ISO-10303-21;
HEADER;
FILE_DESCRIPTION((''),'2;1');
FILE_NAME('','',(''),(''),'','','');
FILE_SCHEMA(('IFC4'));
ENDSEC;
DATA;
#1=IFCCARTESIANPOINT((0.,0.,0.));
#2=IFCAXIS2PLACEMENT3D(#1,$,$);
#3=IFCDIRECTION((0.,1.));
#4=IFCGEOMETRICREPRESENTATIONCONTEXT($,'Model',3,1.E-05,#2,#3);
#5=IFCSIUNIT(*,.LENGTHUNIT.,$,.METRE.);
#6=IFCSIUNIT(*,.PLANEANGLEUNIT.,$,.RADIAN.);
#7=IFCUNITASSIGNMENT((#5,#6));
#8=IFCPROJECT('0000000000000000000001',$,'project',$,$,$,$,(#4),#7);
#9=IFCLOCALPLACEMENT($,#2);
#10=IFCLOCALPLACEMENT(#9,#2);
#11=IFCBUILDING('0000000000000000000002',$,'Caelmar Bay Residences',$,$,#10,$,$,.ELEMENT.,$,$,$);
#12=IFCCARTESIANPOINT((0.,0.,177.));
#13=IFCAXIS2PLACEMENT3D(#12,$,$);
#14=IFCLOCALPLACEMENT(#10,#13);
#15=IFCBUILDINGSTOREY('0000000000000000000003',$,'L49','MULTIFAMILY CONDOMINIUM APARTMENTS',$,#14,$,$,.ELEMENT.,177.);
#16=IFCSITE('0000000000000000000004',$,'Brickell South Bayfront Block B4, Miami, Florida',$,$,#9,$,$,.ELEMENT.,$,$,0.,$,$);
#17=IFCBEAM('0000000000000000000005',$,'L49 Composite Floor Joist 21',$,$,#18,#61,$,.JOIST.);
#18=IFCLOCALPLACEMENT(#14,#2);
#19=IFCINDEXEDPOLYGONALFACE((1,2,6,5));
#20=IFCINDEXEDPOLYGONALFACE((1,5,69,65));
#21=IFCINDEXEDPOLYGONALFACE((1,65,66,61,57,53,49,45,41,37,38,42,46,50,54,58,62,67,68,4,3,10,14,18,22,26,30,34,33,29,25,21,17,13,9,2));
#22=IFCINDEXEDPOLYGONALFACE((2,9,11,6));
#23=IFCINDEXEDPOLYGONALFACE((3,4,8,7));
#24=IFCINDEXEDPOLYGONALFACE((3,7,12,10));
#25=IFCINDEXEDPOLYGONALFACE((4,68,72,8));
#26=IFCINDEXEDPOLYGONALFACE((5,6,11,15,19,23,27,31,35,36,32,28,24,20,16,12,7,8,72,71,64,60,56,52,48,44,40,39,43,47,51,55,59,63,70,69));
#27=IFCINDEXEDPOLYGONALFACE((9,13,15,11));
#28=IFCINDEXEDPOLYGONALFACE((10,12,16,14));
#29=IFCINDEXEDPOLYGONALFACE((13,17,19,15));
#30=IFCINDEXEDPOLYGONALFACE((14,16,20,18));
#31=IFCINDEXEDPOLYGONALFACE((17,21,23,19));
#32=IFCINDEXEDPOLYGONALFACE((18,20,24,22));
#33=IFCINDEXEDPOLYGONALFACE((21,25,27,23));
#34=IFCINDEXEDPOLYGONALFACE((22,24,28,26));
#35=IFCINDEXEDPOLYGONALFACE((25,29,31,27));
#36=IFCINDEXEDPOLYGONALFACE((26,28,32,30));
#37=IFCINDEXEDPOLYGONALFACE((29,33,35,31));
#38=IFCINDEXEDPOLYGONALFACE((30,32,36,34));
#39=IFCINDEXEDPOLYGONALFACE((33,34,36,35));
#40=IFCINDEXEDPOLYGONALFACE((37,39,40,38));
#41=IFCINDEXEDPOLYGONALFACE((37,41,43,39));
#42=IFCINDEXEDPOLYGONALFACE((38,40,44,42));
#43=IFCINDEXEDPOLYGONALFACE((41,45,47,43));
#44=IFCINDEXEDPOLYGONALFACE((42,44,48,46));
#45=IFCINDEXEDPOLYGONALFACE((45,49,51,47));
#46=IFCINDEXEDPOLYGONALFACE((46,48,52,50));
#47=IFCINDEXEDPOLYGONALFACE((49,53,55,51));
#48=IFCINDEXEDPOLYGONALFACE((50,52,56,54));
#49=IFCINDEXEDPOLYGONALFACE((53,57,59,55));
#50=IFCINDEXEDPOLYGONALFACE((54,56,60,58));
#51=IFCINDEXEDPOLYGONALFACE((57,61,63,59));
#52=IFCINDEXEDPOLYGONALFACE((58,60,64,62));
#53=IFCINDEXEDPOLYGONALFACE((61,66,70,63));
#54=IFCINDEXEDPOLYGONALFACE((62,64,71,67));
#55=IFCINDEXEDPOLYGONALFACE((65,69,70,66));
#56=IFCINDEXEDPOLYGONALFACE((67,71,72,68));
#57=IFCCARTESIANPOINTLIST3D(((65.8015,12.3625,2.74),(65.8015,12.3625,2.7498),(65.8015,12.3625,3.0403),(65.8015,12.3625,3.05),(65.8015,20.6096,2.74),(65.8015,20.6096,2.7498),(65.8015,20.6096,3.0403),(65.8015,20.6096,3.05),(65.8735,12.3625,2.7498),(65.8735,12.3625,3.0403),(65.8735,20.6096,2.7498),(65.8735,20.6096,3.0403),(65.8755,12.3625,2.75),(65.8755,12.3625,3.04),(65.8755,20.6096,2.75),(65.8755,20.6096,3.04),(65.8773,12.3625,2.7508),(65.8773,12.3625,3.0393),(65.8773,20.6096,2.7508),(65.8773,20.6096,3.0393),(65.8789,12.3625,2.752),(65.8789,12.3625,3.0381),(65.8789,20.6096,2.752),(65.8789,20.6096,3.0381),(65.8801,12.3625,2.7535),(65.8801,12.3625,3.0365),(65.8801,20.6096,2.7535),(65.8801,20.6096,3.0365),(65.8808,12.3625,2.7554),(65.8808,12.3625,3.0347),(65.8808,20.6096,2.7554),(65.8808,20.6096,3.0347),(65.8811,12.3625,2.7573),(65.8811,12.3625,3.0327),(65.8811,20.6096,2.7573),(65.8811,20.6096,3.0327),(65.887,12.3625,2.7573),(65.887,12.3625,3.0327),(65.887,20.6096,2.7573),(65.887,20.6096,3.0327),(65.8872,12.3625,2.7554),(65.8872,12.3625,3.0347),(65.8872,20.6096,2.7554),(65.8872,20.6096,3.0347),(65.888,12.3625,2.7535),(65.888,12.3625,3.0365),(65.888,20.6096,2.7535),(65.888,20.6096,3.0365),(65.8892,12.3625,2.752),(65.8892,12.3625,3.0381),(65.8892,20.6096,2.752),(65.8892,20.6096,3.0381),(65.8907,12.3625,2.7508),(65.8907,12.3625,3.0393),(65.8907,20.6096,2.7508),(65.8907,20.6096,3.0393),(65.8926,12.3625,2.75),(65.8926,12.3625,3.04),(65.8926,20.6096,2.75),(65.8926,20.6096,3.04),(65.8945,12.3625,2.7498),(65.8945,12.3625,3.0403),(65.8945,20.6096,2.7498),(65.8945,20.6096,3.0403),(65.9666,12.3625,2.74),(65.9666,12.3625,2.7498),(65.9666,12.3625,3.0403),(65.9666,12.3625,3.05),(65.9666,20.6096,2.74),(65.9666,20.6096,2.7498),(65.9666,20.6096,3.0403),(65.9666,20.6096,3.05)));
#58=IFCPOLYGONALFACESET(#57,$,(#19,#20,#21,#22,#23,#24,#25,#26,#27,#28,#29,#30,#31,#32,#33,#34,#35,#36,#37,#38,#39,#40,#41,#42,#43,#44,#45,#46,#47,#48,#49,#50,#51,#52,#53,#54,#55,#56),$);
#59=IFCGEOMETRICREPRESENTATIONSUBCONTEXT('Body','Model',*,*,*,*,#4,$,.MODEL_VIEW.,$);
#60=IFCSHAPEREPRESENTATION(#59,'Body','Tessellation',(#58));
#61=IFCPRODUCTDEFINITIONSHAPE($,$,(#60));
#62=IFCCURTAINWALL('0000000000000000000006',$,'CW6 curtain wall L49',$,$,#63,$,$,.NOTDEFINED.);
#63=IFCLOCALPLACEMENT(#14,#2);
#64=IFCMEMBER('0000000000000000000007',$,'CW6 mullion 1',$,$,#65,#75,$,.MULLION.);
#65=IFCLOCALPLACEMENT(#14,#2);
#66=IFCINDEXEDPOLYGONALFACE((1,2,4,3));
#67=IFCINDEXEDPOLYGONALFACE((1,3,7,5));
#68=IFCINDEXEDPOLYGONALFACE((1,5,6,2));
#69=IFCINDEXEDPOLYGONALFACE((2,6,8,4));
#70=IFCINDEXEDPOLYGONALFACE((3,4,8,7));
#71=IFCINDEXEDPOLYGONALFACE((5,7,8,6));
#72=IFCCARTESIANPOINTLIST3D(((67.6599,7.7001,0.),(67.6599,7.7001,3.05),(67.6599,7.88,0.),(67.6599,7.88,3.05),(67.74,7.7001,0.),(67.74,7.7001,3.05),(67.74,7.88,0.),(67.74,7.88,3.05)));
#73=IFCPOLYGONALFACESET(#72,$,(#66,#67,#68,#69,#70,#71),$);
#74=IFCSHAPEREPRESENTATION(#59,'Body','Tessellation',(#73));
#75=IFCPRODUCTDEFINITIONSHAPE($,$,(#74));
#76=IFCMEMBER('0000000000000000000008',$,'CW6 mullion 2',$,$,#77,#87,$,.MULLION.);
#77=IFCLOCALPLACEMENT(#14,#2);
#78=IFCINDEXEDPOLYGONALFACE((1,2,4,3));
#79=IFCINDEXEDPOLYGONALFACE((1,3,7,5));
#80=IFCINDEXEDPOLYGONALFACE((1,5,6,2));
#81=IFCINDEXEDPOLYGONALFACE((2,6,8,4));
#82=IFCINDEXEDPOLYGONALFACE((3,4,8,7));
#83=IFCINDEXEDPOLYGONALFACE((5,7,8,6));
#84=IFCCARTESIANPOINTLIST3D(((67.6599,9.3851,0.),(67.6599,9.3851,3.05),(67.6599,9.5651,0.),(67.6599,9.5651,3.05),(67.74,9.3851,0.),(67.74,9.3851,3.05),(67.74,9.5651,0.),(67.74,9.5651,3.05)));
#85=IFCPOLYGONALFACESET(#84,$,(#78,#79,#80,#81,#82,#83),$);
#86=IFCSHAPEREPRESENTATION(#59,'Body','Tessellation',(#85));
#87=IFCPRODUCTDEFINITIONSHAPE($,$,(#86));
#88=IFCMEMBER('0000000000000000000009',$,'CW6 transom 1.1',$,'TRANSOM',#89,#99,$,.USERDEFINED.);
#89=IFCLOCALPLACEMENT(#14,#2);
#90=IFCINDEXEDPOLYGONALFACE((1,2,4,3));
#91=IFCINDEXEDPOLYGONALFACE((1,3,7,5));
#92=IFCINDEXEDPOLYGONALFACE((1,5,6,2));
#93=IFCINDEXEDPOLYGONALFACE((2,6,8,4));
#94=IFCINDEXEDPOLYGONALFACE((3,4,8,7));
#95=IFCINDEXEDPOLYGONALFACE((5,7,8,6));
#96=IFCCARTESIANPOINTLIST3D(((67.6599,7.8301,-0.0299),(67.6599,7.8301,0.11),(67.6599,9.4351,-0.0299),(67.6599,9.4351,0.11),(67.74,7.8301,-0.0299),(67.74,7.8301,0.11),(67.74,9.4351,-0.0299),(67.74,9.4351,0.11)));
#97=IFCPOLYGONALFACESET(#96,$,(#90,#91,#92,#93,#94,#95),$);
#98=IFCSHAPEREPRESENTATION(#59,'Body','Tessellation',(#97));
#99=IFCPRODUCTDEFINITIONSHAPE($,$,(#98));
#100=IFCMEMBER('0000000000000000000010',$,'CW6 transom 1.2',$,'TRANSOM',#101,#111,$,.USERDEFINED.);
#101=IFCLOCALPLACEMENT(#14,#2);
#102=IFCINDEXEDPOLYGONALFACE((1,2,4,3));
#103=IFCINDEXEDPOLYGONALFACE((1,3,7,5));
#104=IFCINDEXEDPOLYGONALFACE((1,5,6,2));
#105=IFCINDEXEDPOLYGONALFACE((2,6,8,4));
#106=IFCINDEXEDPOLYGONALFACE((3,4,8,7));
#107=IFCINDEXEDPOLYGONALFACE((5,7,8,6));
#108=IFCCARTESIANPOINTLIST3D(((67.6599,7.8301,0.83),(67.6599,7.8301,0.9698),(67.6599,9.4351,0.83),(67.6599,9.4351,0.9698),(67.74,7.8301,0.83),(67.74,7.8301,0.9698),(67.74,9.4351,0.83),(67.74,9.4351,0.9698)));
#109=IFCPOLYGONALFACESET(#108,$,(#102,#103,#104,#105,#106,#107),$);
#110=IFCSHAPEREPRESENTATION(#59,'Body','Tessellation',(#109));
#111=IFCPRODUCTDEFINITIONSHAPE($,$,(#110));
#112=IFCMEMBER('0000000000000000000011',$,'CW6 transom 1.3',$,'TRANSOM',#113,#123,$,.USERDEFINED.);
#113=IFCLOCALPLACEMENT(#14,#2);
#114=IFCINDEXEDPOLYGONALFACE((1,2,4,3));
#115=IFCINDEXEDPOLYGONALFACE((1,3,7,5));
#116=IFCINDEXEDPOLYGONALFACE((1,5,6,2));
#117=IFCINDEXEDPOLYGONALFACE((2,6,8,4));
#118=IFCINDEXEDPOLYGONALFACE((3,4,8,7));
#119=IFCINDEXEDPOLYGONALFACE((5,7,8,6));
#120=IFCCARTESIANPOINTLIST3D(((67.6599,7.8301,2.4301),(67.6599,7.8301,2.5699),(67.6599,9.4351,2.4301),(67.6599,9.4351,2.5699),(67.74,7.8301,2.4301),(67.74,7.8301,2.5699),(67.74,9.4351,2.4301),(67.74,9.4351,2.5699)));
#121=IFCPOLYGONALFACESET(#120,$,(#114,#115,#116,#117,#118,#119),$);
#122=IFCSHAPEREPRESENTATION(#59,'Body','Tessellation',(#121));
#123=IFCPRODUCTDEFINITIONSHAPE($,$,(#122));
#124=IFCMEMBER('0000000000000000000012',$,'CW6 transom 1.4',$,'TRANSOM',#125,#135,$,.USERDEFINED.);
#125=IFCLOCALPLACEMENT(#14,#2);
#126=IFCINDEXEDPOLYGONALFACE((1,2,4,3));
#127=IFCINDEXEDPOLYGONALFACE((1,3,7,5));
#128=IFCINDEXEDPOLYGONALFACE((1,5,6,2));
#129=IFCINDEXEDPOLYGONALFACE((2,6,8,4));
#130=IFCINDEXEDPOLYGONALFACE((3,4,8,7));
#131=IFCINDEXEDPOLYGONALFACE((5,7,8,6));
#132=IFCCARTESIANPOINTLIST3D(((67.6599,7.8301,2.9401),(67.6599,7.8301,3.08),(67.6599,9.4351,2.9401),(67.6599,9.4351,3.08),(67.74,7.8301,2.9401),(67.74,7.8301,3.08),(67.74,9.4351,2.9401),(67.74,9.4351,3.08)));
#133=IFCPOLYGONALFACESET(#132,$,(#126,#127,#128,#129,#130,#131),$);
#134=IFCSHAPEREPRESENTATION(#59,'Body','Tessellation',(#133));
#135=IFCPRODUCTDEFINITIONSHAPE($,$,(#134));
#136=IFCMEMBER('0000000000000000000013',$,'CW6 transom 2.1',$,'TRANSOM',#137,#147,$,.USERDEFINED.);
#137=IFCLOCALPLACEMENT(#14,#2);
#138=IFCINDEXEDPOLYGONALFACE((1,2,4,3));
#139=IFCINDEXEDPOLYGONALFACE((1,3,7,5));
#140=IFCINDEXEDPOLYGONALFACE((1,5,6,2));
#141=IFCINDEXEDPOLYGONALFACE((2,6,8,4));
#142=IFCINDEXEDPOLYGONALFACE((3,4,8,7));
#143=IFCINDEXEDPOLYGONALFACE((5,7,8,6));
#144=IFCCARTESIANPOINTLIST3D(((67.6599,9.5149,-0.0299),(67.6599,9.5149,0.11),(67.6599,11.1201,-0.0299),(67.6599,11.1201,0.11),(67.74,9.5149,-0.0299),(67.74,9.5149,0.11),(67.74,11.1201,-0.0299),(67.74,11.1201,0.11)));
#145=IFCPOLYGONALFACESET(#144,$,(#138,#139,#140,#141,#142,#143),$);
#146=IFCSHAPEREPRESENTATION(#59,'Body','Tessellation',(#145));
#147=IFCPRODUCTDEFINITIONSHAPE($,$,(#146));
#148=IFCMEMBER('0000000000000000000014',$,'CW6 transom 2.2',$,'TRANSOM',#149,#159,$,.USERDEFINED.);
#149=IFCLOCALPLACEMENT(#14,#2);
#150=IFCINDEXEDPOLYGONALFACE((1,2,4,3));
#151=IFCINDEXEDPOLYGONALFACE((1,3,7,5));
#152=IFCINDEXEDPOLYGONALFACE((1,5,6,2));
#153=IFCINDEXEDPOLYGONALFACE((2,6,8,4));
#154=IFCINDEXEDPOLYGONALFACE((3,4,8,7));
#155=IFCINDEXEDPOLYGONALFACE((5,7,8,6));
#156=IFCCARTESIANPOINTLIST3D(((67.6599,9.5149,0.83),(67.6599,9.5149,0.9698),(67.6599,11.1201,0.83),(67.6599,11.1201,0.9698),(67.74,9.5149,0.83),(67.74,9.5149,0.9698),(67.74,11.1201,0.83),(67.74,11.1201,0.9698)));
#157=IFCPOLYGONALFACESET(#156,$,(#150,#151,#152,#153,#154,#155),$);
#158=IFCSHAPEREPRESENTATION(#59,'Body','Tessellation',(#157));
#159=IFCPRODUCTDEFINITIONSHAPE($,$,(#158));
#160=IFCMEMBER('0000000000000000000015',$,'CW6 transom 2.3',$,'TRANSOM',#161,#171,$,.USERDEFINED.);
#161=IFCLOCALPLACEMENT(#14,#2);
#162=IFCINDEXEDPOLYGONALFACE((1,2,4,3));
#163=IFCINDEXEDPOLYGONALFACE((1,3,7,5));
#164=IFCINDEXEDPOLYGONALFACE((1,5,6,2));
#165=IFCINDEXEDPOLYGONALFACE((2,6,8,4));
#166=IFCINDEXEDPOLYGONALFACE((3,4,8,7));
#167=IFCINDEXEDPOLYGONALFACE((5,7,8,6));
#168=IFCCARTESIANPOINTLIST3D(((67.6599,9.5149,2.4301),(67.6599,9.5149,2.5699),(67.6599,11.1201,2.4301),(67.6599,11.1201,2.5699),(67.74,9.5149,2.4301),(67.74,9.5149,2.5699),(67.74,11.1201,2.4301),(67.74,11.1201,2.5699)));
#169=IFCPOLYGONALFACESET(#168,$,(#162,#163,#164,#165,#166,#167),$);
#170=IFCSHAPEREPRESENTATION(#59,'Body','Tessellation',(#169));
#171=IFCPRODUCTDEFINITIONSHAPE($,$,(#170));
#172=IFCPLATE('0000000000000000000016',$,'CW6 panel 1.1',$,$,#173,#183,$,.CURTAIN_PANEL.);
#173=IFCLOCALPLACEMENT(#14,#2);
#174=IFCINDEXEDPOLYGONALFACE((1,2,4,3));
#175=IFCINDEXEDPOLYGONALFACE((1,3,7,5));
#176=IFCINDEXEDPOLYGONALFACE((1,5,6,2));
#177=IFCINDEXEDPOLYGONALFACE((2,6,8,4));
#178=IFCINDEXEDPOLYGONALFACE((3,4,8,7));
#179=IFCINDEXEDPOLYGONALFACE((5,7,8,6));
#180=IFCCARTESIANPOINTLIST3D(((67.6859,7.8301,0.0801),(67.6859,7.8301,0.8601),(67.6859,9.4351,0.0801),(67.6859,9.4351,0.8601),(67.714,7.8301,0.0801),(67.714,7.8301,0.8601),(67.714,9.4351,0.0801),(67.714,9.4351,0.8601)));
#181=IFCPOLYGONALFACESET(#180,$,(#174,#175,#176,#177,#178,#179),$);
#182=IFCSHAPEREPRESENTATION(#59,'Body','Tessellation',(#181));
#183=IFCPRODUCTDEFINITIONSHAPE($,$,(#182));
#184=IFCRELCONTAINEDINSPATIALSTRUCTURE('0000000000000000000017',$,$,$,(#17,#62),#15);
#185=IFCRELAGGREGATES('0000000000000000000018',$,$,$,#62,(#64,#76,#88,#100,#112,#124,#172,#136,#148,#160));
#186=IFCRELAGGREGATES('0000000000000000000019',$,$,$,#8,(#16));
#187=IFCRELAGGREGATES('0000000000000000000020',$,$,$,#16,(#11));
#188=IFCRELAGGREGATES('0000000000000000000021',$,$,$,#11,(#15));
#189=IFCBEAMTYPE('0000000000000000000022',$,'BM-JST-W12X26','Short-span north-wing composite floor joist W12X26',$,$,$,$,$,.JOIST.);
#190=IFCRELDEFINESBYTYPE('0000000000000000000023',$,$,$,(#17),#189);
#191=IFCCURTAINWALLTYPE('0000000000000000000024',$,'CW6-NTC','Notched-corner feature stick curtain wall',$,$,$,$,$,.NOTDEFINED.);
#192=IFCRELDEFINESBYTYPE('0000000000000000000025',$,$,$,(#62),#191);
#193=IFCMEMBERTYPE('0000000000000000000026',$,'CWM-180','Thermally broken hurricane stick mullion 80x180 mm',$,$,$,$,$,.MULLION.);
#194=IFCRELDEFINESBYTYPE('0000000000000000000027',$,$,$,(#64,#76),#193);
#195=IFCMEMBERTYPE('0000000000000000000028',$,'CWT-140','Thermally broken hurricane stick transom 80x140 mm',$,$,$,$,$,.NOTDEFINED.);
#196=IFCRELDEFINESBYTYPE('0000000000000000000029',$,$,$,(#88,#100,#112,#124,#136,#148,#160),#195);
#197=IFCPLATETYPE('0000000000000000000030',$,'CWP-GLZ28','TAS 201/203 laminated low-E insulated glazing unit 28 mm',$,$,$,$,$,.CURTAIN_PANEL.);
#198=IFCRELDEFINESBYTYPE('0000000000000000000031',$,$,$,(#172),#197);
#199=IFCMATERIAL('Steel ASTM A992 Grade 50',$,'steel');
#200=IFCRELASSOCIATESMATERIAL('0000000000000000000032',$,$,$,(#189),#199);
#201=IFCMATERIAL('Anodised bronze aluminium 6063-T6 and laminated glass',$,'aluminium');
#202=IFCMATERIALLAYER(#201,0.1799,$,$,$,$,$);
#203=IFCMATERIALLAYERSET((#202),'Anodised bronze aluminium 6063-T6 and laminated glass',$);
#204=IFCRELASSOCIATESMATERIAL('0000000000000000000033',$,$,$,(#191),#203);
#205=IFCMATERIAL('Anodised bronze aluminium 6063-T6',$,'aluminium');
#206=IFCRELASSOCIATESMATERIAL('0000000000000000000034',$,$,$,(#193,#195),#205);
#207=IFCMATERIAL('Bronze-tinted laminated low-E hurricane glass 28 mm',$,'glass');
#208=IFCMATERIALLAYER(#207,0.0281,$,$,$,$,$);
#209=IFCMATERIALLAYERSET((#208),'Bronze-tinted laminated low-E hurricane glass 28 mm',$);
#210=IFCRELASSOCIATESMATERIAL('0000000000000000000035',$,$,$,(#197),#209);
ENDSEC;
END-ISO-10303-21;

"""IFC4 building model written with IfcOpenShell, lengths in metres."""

from ifc_helpers import new_model, si_unit, direction, frame, origin, origin_2d, place, context, subcontext, project, spatial, rectangle, i_section, extrude, material, layer, layer_set, material_profile, profile_set, type_object, element, aggregate, save


model = new_model("IFC4")

# Units and contexts
model_context = context("Model", 3, precision=1e-05, world=origin(), true_north=direction((0.0, 1.0)))
body_context = subcontext(model_context, "Body", "Model", "MODEL_VIEW")
ifc_project = project(units=[si_unit("LENGTHUNIT", "METRE"), si_unit("PLANEANGLEUNIT", "RADIAN")], contexts=[model_context])

# Site, building, storey
site_placement = place(None, origin())
site = spatial("IfcSite", under=ifc_project, at=site_placement, Name="Brickell South Bayfront Block B4, Miami, Florida", CompositionType="ELEMENT", RefElevation=0.0)
building_placement = place(site_placement, origin())
building = spatial("IfcBuilding", under=site, at=building_placement, Name="Caelmar Bay Residences", CompositionType="ELEMENT")
storey_placement = place(building_placement, frame((0.0, 0.0, 177.0)))
storey = spatial("IfcBuildingStorey", under=building, at=storey_placement, Name="L49", Description="MULTIFAMILY CONDOMINIUM APARTMENTS", CompositionType="ELEMENT", Elevation=177.0)

# Beam
ifc_material_1 = material(Name="Steel ASTM A992 Grade 50", Category="steel")
ifc_material_profile_1 = material_profile(ifc_material_1, i_section(OverallWidth=0.165, OverallDepth=0.3101, WebThickness=0.0059, FlangeThickness=0.0098, FilletRadius=0.0076, at=origin_2d()), Name="W12X26")
ifc_profile_set_1 = profile_set([ifc_material_profile_1], Name="Steel ASTM A992 Grade 50")
beam_type = type_object("IfcBeamType", Name="BM-JST-W12X26", Description="Short-span north-wing composite floor joist W12X26", PredefinedType="JOIST", material=ifc_profile_set_1)
beam_placement = place(storey_placement, frame((65.884, 12.3625, 2.895), z_axis=(0.0, 1.0, 0.0), x_axis=(-1.0, 0.0, 0.0)))
element("IfcBeam", 1, at=beam_placement, inside=storey, type_object=beam_type, Name="L49 Composite Floor Joist 21", PredefinedType="JOIST", context=body_context, shape_type="SweptSolid", body=[
    extrude(i_section(OverallWidth=0.165, OverallDepth=0.3101, WebThickness=0.0059, FlangeThickness=0.0098, FilletRadius=0.0076, at=origin_2d()), origin(), (0.0, 0.0, 1.0), 8.2471),
])

# Curtain wall, members, plate
ifc_material_2 = material(Name="Anodised bronze aluminium 6063-T6 and laminated glass", Category="aluminium")
ifc_layer_1 = layer(ifc_material_2, 0.1799)
ifc_layer_set_1 = layer_set([ifc_layer_1], Name="Anodised bronze aluminium 6063-T6 and laminated glass")
curtain_wall_type = type_object("IfcCurtainWallType", Name="CW6-NTC", Description="Notched-corner feature stick curtain wall", PredefinedType="NOTDEFINED", material=ifc_layer_set_1)
curtain_wall_placement = place(storey_placement, origin())
curtain_wall = element("IfcCurtainWall", 2, at=curtain_wall_placement, inside=storey, type_object=curtain_wall_type, Name="CW6 curtain wall L49", PredefinedType="NOTDEFINED")
ifc_material_3 = material(Name="Anodised bronze aluminium 6063-T6", Category="aluminium")
ifc_material_profile_2 = material_profile(ifc_material_3, rectangle(XDim=0.0801, YDim=0.1799, at=origin_2d()), Name="CWM-80X180")
ifc_profile_set_2 = profile_set([ifc_material_profile_2], Name="Anodised bronze aluminium 6063-T6")
member_type_1 = type_object("IfcMemberType", Name="CWM-180", Description="Thermally broken hurricane stick mullion 80x180 mm", PredefinedType="MULLION", material=ifc_profile_set_2)
member_1_placement = place(storey_placement, frame((67.7, 7.79, 0.0), z_axis=(0.0, 0.0, 1.0), x_axis=(-1.0, 0.0, 0.0)))
member_1 = element("IfcMember", 3, at=member_1_placement, type_object=member_type_1, Name="CW6 mullion 1", PredefinedType="MULLION", context=body_context, shape_type="SweptSolid", body=[
    extrude(rectangle(XDim=0.0801, YDim=0.1799, at=origin_2d()), origin(), (0.0, 0.0, 1.0), 3.05),
])
member_2_placement = place(storey_placement, frame((67.7, 9.4751, 0.0), z_axis=(0.0, 0.0, 1.0), x_axis=(-1.0, 0.0, 0.0)))
member_2 = element("IfcMember", 4, at=member_2_placement, type_object=member_type_1, Name="CW6 mullion 2", PredefinedType="MULLION", context=body_context, shape_type="SweptSolid", body=[
    extrude(rectangle(XDim=0.0801, YDim=0.1799, at=origin_2d()), origin(), (0.0, 0.0, 1.0), 3.05),
])
ifc_material_profile_3 = material_profile(ifc_material_3, rectangle(XDim=0.0801, YDim=0.1399, at=origin_2d()), Name="CWT-80X140")
ifc_profile_set_3 = profile_set([ifc_material_profile_3], Name="Anodised bronze aluminium 6063-T6")
member_type_2 = type_object("IfcMemberType", Name="CWT-140", Description="Thermally broken hurricane stick transom 80x140 mm", PredefinedType="NOTDEFINED", material=ifc_profile_set_3)
member_3_placement = place(storey_placement, frame((67.7, 7.8301, 0.04), z_axis=(0.0, 1.0, 0.0), x_axis=(-1.0, 0.0, 0.0)))
member_3 = element("IfcMember", 5, at=member_3_placement, type_object=member_type_2, Name="CW6 transom 1.1", ObjectType="TRANSOM", PredefinedType="USERDEFINED", context=body_context, shape_type="SweptSolid", body=[
    extrude(rectangle(XDim=0.0801, YDim=0.1399, at=origin_2d()), origin(), (0.0, 0.0, 1.0), 1.605),
])
member_4_placement = place(storey_placement, frame((67.7, 7.8301, 0.8999), z_axis=(0.0, 1.0, 0.0), x_axis=(-1.0, 0.0, 0.0)))
member_4 = element("IfcMember", 6, at=member_4_placement, type_object=member_type_2, Name="CW6 transom 1.2", ObjectType="TRANSOM", PredefinedType="USERDEFINED", context=body_context, shape_type="SweptSolid", body=[
    extrude(rectangle(XDim=0.0801, YDim=0.1399, at=origin_2d()), origin(), (0.0, 0.0, 1.0), 1.605),
])
member_5_placement = place(storey_placement, frame((67.7, 7.8301, 2.5), z_axis=(0.0, 1.0, 0.0), x_axis=(-1.0, 0.0, 0.0)))
member_5 = element("IfcMember", 7, at=member_5_placement, type_object=member_type_2, Name="CW6 transom 1.3", ObjectType="TRANSOM", PredefinedType="USERDEFINED", context=body_context, shape_type="SweptSolid", body=[
    extrude(rectangle(XDim=0.0801, YDim=0.1399, at=origin_2d()), origin(), (0.0, 0.0, 1.0), 1.605),
])
member_6_placement = place(storey_placement, frame((67.7, 7.8301, 3.01), z_axis=(0.0, 1.0, 0.0), x_axis=(-1.0, 0.0, 0.0)))
member_6 = element("IfcMember", 8, at=member_6_placement, type_object=member_type_2, Name="CW6 transom 1.4", ObjectType="TRANSOM", PredefinedType="USERDEFINED", context=body_context, shape_type="SweptSolid", body=[
    extrude(rectangle(XDim=0.0801, YDim=0.1399, at=origin_2d()), origin(), (0.0, 0.0, 1.0), 1.605),
])
member_7_placement = place(storey_placement, frame((67.7, 9.5149, 0.04), z_axis=(0.0, 1.0, 0.0), x_axis=(-1.0, 0.0, 0.0)))
member_7 = element("IfcMember", 9, at=member_7_placement, type_object=member_type_2, Name="CW6 transom 2.1", ObjectType="TRANSOM", PredefinedType="USERDEFINED", context=body_context, shape_type="SweptSolid", body=[
    extrude(rectangle(XDim=0.0801, YDim=0.1399, at=origin_2d()), origin(), (0.0, 0.0, 1.0), 1.6052),
])
member_8_placement = place(storey_placement, frame((67.7, 9.5149, 0.8999), z_axis=(0.0, 1.0, 0.0), x_axis=(-1.0, 0.0, 0.0)))
member_8 = element("IfcMember", 10, at=member_8_placement, type_object=member_type_2, Name="CW6 transom 2.2", ObjectType="TRANSOM", PredefinedType="USERDEFINED", context=body_context, shape_type="SweptSolid", body=[
    extrude(rectangle(XDim=0.0801, YDim=0.1399, at=origin_2d()), origin(), (0.0, 0.0, 1.0), 1.6052),
])
member_9_placement = place(storey_placement, frame((67.7, 9.5149, 2.5), z_axis=(0.0, 1.0, 0.0), x_axis=(-1.0, 0.0, 0.0)))
member_9 = element("IfcMember", 11, at=member_9_placement, type_object=member_type_2, Name="CW6 transom 2.3", ObjectType="TRANSOM", PredefinedType="USERDEFINED", context=body_context, shape_type="SweptSolid", body=[
    extrude(rectangle(XDim=0.0801, YDim=0.1399, at=origin_2d()), origin(), (0.0, 0.0, 1.0), 1.6052),
])
ifc_material_4 = material(Name="Bronze-tinted laminated low-E hurricane glass 28 mm", Category="glass")
ifc_layer_2 = layer(ifc_material_4, 0.0281)
ifc_layer_set_2 = layer_set([ifc_layer_2], Name="Bronze-tinted laminated low-E hurricane glass 28 mm")
plate_type = type_object("IfcPlateType", Name="CWP-GLZ28", Description="TAS 201/203 laminated low-E insulated glazing unit 28 mm", PredefinedType="CURTAIN_PANEL", material=ifc_layer_set_2)
plate_1_placement = place(storey_placement, frame((67.7, 8.6326, 0.0801), z_axis=(0.0, 0.0, 1.0), x_axis=(0.0, 1.0, 0.0)))
plate_1 = element("IfcPlate", 12, at=plate_1_placement, type_object=plate_type, Name="CW6 panel 1.1", PredefinedType="CURTAIN_PANEL", context=body_context, shape_type="SweptSolid", body=[
    extrude(rectangle(XDim=1.605, YDim=0.0281, at=origin_2d()), origin(), (0.0, 0.0, 1.0), 0.78),
])
aggregate(curtain_wall, [member_1, member_2, member_3, member_4, member_5, member_6, plate_1, member_7, member_8, member_9])

save(model, "model.ifc")
